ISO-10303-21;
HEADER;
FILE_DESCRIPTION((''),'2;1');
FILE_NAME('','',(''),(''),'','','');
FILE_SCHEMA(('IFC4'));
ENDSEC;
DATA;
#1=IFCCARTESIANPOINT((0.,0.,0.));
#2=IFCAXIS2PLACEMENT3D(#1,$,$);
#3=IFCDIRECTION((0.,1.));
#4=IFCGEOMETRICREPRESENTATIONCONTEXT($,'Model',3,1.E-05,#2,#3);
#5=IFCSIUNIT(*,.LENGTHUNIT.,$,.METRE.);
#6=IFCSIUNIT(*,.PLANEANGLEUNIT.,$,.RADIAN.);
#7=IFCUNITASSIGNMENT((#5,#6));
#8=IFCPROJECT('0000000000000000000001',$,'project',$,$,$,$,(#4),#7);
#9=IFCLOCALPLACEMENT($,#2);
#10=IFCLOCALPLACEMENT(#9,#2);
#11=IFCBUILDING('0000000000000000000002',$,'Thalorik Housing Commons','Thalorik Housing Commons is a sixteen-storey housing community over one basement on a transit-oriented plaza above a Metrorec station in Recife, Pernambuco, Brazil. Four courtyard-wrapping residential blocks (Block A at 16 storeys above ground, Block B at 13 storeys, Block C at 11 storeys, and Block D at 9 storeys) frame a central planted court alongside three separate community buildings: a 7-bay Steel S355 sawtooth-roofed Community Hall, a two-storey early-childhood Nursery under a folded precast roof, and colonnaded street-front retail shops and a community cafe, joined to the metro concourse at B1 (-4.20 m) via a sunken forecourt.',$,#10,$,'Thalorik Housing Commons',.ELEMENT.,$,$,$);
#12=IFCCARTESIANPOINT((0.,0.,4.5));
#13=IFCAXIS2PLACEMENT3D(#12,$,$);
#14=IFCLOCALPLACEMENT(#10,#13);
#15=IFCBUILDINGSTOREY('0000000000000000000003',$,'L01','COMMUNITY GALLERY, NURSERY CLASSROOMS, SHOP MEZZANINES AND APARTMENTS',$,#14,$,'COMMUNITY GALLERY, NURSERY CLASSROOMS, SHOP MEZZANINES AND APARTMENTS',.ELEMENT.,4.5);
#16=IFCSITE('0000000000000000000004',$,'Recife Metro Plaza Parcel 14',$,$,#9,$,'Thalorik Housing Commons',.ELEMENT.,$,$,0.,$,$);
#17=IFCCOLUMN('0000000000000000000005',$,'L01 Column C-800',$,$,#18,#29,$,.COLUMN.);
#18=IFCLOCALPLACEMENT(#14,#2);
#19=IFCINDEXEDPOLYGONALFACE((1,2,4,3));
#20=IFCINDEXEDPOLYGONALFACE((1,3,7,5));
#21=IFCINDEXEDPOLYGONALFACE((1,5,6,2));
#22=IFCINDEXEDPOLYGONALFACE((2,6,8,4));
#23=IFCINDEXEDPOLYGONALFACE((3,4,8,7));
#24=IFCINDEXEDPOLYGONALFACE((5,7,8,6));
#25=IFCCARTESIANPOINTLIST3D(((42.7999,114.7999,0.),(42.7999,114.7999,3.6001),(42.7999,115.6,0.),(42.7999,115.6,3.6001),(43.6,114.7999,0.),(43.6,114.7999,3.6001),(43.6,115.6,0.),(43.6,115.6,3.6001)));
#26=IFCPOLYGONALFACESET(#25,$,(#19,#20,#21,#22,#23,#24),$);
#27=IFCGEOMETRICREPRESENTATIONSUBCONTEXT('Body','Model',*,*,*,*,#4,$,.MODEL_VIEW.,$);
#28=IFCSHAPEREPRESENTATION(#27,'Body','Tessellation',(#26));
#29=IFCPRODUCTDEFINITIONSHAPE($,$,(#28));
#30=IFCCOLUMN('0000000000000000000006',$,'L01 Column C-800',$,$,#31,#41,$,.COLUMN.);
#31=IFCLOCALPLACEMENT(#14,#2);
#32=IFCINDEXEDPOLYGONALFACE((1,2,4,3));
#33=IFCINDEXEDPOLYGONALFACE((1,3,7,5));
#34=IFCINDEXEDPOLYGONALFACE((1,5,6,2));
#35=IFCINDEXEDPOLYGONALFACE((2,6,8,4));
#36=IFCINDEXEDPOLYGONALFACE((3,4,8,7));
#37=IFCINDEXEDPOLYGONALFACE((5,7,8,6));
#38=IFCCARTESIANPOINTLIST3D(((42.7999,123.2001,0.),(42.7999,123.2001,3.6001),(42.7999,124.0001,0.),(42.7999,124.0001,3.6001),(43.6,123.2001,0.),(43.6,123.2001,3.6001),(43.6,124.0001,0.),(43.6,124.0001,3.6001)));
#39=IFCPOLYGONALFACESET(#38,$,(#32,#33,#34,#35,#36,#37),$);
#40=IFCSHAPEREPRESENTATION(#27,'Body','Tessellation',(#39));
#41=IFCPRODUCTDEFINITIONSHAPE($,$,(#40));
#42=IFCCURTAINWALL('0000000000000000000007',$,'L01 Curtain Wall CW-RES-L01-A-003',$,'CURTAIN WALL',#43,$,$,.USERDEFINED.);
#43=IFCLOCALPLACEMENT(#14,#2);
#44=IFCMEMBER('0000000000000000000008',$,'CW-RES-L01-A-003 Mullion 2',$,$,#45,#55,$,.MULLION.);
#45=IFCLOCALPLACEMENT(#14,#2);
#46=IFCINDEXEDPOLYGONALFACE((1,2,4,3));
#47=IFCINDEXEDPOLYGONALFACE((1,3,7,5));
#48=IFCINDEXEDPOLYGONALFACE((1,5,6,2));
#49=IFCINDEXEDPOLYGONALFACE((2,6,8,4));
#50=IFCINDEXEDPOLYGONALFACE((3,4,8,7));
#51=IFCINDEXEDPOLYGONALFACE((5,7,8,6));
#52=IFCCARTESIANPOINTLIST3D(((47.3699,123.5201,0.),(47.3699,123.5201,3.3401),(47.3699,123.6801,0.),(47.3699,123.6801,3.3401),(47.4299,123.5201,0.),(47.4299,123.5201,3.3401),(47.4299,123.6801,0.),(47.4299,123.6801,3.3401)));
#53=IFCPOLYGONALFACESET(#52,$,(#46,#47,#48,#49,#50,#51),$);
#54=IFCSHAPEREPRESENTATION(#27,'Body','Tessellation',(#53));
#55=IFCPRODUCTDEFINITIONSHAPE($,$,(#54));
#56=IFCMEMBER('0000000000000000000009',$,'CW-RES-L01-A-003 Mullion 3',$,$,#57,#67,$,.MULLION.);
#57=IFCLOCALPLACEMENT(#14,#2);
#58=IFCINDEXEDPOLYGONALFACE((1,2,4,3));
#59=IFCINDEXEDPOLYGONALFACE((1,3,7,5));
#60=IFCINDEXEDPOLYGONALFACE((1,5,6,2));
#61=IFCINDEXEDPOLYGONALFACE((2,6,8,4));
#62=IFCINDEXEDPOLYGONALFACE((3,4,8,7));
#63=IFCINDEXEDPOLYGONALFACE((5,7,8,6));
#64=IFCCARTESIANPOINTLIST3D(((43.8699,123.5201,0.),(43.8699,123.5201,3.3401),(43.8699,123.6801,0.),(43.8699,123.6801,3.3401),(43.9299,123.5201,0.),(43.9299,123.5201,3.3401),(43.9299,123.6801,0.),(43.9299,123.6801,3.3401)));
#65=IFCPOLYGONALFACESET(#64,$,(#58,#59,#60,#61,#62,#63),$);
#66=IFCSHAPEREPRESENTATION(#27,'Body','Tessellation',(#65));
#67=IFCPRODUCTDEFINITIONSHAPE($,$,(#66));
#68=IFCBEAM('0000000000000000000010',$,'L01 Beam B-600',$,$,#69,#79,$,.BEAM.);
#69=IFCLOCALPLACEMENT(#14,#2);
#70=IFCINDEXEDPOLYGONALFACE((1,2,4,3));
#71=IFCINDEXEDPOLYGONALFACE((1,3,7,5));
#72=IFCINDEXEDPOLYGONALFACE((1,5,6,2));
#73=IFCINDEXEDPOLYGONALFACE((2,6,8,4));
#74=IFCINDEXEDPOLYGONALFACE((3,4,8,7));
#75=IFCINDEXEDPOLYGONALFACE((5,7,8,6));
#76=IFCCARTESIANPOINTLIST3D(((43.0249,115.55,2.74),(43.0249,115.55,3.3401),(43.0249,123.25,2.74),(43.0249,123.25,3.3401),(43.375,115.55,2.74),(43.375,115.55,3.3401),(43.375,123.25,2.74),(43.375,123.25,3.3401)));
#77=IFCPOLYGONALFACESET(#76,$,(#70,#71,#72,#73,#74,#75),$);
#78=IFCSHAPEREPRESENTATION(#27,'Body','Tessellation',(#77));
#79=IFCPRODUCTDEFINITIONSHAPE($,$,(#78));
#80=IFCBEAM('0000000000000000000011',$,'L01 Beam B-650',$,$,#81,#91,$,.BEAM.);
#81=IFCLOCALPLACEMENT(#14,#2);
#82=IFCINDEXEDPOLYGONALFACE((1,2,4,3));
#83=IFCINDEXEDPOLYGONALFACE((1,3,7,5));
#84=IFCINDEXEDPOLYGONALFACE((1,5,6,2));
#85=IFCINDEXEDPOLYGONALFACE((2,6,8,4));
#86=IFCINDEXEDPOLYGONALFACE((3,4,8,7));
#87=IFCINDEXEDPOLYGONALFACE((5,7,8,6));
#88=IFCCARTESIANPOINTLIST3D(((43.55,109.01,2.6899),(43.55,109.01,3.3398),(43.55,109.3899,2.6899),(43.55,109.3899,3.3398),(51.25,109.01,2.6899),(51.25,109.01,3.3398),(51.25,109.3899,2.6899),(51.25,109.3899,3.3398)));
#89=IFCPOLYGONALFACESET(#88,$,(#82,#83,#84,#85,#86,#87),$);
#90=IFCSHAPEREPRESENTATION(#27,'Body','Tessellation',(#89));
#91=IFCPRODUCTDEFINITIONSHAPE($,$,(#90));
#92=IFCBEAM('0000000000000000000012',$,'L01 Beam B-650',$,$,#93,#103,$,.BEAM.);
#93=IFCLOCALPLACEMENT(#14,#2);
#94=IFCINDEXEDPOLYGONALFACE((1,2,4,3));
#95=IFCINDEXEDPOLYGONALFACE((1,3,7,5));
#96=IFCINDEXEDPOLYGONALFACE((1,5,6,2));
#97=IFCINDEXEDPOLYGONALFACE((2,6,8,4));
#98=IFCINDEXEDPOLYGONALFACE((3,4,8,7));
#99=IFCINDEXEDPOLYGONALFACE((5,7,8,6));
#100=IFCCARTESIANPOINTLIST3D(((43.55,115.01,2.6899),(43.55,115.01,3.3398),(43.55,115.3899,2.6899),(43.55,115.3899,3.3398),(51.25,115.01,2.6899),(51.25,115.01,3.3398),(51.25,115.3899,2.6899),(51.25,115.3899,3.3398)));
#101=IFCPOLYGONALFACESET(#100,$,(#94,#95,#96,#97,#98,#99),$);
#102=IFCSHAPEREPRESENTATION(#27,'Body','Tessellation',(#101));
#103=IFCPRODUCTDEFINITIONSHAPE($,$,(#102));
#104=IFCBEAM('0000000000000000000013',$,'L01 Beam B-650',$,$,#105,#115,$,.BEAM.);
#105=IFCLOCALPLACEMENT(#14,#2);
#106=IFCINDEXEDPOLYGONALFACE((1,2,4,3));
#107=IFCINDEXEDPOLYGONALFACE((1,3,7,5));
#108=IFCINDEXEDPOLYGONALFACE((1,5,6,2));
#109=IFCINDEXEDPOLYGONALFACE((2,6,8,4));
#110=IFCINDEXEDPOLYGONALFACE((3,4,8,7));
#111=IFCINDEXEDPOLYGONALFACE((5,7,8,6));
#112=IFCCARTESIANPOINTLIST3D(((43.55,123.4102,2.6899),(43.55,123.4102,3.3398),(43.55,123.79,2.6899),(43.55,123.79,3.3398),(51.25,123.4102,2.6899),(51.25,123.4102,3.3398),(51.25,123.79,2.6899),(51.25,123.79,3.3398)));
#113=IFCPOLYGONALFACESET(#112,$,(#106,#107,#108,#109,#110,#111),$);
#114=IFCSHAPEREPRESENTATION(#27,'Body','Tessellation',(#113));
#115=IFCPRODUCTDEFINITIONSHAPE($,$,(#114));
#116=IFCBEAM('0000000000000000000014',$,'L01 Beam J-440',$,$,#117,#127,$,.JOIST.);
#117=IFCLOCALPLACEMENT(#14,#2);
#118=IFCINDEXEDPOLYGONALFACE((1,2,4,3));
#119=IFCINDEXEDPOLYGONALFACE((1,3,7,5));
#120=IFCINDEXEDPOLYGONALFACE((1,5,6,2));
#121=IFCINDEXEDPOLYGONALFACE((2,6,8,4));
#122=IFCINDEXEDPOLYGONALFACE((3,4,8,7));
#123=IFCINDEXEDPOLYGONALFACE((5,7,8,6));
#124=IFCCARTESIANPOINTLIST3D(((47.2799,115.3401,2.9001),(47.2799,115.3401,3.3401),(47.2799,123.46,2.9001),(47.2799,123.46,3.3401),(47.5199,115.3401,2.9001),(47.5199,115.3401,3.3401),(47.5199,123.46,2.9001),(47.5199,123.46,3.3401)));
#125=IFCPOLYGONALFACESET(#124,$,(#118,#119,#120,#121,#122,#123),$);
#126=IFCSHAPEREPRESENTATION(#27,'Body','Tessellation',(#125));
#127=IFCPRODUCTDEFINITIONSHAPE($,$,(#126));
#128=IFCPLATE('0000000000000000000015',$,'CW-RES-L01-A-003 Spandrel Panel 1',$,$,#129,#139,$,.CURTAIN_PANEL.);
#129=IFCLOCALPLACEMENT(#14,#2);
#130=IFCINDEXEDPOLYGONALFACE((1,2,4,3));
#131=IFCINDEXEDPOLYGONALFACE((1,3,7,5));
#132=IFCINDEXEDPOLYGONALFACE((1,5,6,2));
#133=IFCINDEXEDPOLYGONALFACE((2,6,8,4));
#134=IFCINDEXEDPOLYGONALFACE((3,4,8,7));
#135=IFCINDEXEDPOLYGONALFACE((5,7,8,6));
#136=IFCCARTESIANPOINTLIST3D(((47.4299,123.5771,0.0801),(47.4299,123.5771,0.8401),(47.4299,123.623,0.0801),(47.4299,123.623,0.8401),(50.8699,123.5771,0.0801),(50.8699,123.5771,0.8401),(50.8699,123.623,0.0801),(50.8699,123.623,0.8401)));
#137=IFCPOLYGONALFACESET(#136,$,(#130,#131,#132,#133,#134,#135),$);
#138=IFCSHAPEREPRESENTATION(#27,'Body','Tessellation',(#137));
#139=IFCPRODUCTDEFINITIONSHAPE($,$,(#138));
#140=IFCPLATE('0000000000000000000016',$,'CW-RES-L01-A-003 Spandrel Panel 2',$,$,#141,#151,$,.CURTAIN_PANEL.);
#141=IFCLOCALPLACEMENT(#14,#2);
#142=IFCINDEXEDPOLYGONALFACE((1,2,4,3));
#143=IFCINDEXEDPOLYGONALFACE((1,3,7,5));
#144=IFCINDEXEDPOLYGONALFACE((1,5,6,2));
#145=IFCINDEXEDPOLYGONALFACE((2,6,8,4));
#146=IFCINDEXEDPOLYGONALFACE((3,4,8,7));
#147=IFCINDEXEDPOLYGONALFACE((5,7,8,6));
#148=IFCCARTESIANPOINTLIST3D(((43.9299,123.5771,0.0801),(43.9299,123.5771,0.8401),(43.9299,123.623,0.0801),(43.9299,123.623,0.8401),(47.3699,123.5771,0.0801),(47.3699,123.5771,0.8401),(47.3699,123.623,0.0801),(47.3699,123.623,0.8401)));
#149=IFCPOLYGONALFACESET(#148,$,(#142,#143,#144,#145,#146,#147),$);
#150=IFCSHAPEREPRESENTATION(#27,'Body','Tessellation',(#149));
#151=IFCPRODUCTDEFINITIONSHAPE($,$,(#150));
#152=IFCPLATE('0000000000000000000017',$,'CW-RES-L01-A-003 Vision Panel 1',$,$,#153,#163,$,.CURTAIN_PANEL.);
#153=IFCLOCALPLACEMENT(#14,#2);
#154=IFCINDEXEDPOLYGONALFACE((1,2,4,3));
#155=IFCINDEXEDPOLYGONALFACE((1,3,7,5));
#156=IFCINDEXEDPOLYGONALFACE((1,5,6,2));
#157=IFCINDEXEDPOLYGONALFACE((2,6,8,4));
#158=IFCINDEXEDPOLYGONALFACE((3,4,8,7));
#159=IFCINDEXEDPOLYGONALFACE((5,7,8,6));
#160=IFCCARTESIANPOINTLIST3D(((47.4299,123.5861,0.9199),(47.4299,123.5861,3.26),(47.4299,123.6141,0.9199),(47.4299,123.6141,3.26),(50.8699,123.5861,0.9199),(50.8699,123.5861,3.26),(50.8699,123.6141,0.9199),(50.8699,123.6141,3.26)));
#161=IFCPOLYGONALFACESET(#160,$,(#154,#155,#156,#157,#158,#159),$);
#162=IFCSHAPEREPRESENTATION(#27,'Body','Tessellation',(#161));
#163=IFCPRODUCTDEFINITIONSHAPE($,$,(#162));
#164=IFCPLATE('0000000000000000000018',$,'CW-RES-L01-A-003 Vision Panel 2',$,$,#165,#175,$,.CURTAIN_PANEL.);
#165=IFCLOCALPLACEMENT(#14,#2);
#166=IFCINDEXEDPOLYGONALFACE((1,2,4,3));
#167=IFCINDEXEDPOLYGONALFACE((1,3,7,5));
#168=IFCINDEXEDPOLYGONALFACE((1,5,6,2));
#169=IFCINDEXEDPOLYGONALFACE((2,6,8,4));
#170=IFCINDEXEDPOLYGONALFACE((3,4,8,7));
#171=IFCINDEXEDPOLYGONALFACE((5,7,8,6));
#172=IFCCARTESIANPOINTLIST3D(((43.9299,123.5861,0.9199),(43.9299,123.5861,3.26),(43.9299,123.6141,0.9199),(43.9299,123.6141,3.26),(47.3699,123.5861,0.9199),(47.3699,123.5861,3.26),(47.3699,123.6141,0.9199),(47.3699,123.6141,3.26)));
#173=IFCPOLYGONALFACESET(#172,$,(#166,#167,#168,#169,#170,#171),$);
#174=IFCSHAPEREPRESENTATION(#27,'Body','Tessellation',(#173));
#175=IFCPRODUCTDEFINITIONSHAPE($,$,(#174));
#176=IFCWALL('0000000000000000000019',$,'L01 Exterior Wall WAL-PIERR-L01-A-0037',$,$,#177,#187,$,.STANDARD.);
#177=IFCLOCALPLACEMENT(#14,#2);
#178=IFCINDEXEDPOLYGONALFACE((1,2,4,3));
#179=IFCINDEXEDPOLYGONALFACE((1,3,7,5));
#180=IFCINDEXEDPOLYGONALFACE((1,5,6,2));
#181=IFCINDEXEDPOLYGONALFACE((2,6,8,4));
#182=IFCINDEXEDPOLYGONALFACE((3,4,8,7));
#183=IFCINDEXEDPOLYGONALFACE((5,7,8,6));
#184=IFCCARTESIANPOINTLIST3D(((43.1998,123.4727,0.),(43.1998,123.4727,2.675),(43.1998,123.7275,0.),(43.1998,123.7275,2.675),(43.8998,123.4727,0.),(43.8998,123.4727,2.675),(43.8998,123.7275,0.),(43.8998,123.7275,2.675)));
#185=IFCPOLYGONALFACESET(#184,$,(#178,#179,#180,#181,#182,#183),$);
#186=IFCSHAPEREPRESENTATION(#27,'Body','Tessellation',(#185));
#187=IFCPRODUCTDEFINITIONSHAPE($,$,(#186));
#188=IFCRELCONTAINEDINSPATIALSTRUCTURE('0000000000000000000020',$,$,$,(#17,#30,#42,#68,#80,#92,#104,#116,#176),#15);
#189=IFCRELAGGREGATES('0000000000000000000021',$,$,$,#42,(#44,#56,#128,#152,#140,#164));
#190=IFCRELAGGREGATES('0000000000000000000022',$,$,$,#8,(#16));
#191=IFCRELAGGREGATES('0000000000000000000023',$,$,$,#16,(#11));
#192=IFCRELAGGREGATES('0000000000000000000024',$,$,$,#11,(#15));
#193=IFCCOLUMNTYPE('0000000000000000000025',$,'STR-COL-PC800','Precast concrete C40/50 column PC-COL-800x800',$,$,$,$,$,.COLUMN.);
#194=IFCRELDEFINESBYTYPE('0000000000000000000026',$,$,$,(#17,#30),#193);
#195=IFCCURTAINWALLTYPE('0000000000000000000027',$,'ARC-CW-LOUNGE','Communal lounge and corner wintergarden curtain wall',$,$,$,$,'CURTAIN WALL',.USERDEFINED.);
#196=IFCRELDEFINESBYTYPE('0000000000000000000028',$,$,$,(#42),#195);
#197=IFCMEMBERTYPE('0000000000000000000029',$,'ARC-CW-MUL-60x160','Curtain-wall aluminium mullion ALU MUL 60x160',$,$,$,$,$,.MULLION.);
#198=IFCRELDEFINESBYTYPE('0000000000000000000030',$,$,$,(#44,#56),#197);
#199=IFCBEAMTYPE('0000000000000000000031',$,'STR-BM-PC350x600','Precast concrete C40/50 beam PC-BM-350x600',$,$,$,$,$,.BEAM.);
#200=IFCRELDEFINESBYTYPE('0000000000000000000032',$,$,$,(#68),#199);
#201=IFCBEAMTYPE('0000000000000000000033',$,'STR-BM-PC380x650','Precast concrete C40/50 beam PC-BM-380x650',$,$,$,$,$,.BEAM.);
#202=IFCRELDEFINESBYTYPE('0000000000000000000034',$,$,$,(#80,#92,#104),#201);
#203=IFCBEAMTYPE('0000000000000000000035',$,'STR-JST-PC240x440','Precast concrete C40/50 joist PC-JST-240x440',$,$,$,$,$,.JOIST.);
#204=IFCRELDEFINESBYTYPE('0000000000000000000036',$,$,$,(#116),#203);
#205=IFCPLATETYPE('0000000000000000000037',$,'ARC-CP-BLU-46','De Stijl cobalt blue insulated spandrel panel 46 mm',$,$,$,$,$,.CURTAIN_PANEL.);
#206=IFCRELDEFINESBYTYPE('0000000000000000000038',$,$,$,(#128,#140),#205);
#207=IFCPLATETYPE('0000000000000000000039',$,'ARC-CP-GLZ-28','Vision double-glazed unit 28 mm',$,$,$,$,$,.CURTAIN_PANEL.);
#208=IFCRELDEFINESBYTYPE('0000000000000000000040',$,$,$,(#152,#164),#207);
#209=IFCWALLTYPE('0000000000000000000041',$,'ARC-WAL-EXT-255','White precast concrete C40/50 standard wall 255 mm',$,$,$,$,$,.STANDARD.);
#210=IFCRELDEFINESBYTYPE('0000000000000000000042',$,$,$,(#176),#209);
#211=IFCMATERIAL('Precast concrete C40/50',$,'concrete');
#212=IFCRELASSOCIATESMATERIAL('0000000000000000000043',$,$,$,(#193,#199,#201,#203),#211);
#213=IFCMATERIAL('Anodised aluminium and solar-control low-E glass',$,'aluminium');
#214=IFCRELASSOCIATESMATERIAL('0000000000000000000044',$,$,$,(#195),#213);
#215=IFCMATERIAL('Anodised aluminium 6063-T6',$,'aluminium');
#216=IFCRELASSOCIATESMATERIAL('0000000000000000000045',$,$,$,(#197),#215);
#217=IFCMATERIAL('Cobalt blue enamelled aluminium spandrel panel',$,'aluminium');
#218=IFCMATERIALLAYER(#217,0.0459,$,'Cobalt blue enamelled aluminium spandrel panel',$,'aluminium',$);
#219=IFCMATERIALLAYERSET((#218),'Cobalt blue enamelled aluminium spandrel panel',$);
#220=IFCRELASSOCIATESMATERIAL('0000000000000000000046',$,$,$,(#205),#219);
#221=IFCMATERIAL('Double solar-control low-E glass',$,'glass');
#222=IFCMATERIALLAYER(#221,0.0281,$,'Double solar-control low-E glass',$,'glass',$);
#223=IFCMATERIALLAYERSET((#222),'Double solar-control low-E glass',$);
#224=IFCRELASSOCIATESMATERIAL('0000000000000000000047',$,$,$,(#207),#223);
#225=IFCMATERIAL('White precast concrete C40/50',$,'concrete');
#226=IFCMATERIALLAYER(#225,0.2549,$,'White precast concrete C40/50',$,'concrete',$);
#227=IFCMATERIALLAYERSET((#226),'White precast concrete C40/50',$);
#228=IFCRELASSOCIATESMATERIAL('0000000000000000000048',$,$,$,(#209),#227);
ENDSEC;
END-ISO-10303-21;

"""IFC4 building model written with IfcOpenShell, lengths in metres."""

from ifc_helpers import new_model, si_unit, direction, frame, frame_2d, origin, origin_2d, place, context, subcontext, project, spatial, rectangle, extrude, material, layer, layer_set, material_profile, profile_set, type_object, element, aggregate, save


model = new_model("IFC4")

# Units and contexts
model_context = context("Model", 3, precision=1e-05, world=origin(), true_north=direction((0.0, 1.0)))
body_context = subcontext(model_context, "Body", "Model", "MODEL_VIEW")
ifc_project = project(units=[si_unit("LENGTHUNIT", "METRE"), si_unit("PLANEANGLEUNIT", "RADIAN")], contexts=[model_context])

# Site, building, storey
site_placement = place(None, origin())
site = spatial("IfcSite", under=ifc_project, at=site_placement, Name="Recife Metro Plaza Parcel 14", LongName="Thalorik Housing Commons", CompositionType="ELEMENT", RefElevation=0.0)
building_placement = place(site_placement, origin())
building = spatial("IfcBuilding", under=site, at=building_placement, Name="Thalorik Housing Commons", Description="Thalorik Housing Commons is a sixteen-storey housing community over one basement on a transit-oriented plaza above a Metrorec station in Recife, Pernambuco, Brazil. Four courtyard-wrapping residential blocks (Block A at 16 storeys above ground, Block B at 13 storeys, Block C at 11 storeys, and Block D at 9 storeys) frame a central planted court alongside three separate community buildings: a 7-bay Steel S355 sawtooth-roofed Community Hall, a two-storey early-childhood Nursery under a folded precast roof, and colonnaded street-front retail shops and a community cafe, joined to the metro concourse at B1 (-4.20 m) via a sunken forecourt.", LongName="Thalorik Housing Commons", CompositionType="ELEMENT")
storey_placement = place(building_placement, frame((0.0, 0.0, 4.5)))
storey = spatial("IfcBuildingStorey", under=building, at=storey_placement, Name="L01", Description="COMMUNITY GALLERY, NURSERY CLASSROOMS, SHOP MEZZANINES AND APARTMENTS", LongName="COMMUNITY GALLERY, NURSERY CLASSROOMS, SHOP MEZZANINES AND APARTMENTS", CompositionType="ELEMENT", Elevation=4.5)

# Columns
ifc_material_1 = material(Name="Precast concrete C40/50", Category="concrete")
ifc_material_profile_1 = material_profile(ifc_material_1, rectangle(XDim=0.8, YDim=0.8, at=origin_2d()), Name="PC 800x800", Category="concrete")
ifc_profile_set_1 = profile_set([ifc_material_profile_1], Name="Precast concrete C40/50")
column_type = type_object("IfcColumnType", Name="STR-COL-PC800", Description="Precast concrete C40/50 column PC-COL-800x800", PredefinedType="COLUMN", material=ifc_profile_set_1)
for number, where, z_axis, x_axis, name in (
    (1, (43.2, 115.2, 0.0), (0.0, 0.0, 1.0), (1.0, 0.0, 0.0), "L01 Column C-800"),
    (2, (43.2, 123.6001, 0.0), (0.0, 0.0, 1.0), (1.0, 0.0, 0.0), "L01 Column C-800"),
):
    element("IfcColumn", number, at=place(storey_placement, frame(where, z_axis=z_axis, x_axis=x_axis)), inside=storey, type_object=column_type, Name=name, PredefinedType="COLUMN", context=body_context, shape_type="SweptSolid", body=[
        extrude(rectangle(XDim=0.8, YDim=0.8, at=origin_2d()), origin(), (0.0, 0.0, 1.0), 3.6001),
    ])

# Curtain wall, members
ifc_material_2 = material(Name="Anodised aluminium and solar-control low-E glass", Category="aluminium")
curtain_wall_type = type_object("IfcCurtainWallType", Name="ARC-CW-LOUNGE", Description="Communal lounge and corner wintergarden curtain wall", ElementType="CURTAIN WALL", PredefinedType="USERDEFINED", material=ifc_material_2)
curtain_wall_placement = place(storey_placement, origin())
curtain_wall = element("IfcCurtainWall", 3, at=curtain_wall_placement, inside=storey, type_object=curtain_wall_type, Name="L01 Curtain Wall CW-RES-L01-A-003", ObjectType="CURTAIN WALL", PredefinedType="USERDEFINED")
ifc_material_3 = material(Name="Anodised aluminium 6063-T6", Category="aluminium")
ifc_material_profile_2 = material_profile(ifc_material_3, rectangle(XDim=0.0601, YDim=0.1599, at=origin_2d()), Name="ALU MUL 60x160", Category="aluminium")
ifc_profile_set_2 = profile_set([ifc_material_profile_2], Name="Anodised aluminium 6063-T6")
member_type = type_object("IfcMemberType", Name="ARC-CW-MUL-60x160", Description="Curtain-wall aluminium mullion ALU MUL 60x160", PredefinedType="MULLION", material=ifc_profile_set_2)
member_1_placement = place(storey_placement, frame((47.3999, 123.6001, 0.0), z_axis=(0.0, 0.0, 1.0), x_axis=(-1.0, 0.0, 0.0)))
member_1 = element("IfcMember", 4, at=member_1_placement, type_object=member_type, Name="CW-RES-L01-A-003 Mullion 2", PredefinedType="MULLION", context=body_context, shape_type="SweptSolid", body=[
    extrude(rectangle(XDim=0.0601, YDim=0.1599, at=origin_2d()), origin(), (0.0, 0.0, 1.0), 3.3401),
])
member_2_placement = place(storey_placement, frame((43.8999, 123.6001, 0.0), z_axis=(0.0, 0.0, 1.0), x_axis=(-1.0, 0.0, 0.0)))
member_2 = element("IfcMember", 5, at=member_2_placement, type_object=member_type, Name="CW-RES-L01-A-003 Mullion 3", PredefinedType="MULLION", context=body_context, shape_type="SweptSolid", body=[
    extrude(rectangle(XDim=0.0601, YDim=0.1599, at=origin_2d()), origin(), (0.0, 0.0, 1.0), 3.3401),
])

# Beams
ifc_material_profile_3 = material_profile(ifc_material_1, rectangle(XDim=0.3501, YDim=0.6001, at=origin_2d()), Name="PC 350x600", Category="concrete")
ifc_profile_set_3 = profile_set([ifc_material_profile_3], Name="Precast concrete C40/50")
beam_type_1 = type_object("IfcBeamType", Name="STR-BM-PC350x600", Description="Precast concrete C40/50 beam PC-BM-350x600", PredefinedType="BEAM", material=ifc_profile_set_3)
beam_1_placement = place(storey_placement, frame((43.2, 115.55, 3.04), z_axis=(0.0, 1.0, 0.0), x_axis=(-1.0, 0.0, 0.0)))
element("IfcBeam", 6, at=beam_1_placement, inside=storey, type_object=beam_type_1, Name="L01 Beam B-600", PredefinedType="BEAM", context=body_context, shape_type="SweptSolid", body=[
    extrude(rectangle(XDim=0.3501, YDim=0.6001, at=origin_2d()), origin(), (0.0, 0.0, 1.0), 7.7),
])
ifc_material_profile_4 = material_profile(ifc_material_1, rectangle(XDim=0.3799, YDim=0.6499, at=origin_2d()), Name="PC 380x650", Category="concrete")
ifc_profile_set_4 = profile_set([ifc_material_profile_4], Name="Precast concrete C40/50")
beam_type_2 = type_object("IfcBeamType", Name="STR-BM-PC380x650", Description="Precast concrete C40/50 beam PC-BM-380x650", PredefinedType="BEAM", material=ifc_profile_set_4)
for number, where, z_axis, x_axis, name in (
    (7, (43.55, 109.2, 3.0149), (1.0, 0.0, 0.0), (0.0, 1.0, 0.0), "L01 Beam B-650"),
    (8, (43.55, 115.2, 3.0149), (1.0, 0.0, 0.0), (0.0, 1.0, 0.0), "L01 Beam B-650"),
    (9, (43.55, 123.6001, 3.0149), (1.0, 0.0, 0.0), (0.0, 1.0, 0.0), "L01 Beam B-650"),
):
    element("IfcBeam", number, at=place(storey_placement, frame(where, z_axis=z_axis, x_axis=x_axis)), inside=storey, type_object=beam_type_2, Name=name, PredefinedType="BEAM", context=body_context, shape_type="SweptSolid", body=[
        extrude(rectangle(XDim=0.3799, YDim=0.6499, at=origin_2d()), origin(), (0.0, 0.0, 1.0), 7.7),
    ])
ifc_material_profile_5 = material_profile(ifc_material_1, rectangle(XDim=0.24, YDim=0.4399, at=origin_2d()), Name="PC JST 240x440", Category="concrete")
ifc_profile_set_5 = profile_set([ifc_material_profile_5], Name="Precast concrete C40/50")
beam_type_3 = type_object("IfcBeamType", Name="STR-JST-PC240x440", Description="Precast concrete C40/50 joist PC-JST-240x440", PredefinedType="JOIST", material=ifc_profile_set_5)
beam_2_placement = place(storey_placement, frame((47.3999, 115.3401, 3.1201), z_axis=(0.0, 1.0, 0.0), x_axis=(-1.0, 0.0, 0.0)))
element("IfcBeam", 10, at=beam_2_placement, inside=storey, type_object=beam_type_3, Name="L01 Beam J-440", PredefinedType="JOIST", context=body_context, shape_type="SweptSolid", body=[
    extrude(rectangle(XDim=0.24, YDim=0.4399, at=origin_2d()), origin(), (0.0, 0.0, 1.0), 8.1199),
])

# Plates
ifc_material_4 = material(Name="Cobalt blue enamelled aluminium spandrel panel", Category="aluminium")
ifc_layer_1 = layer(ifc_material_4, 0.0459, Name="Cobalt blue enamelled aluminium spandrel panel", Category="aluminium")
ifc_layer_set_1 = layer_set([ifc_layer_1], Name="Cobalt blue enamelled aluminium spandrel panel")
plate_type_1 = type_object("IfcPlateType", Name="ARC-CP-BLU-46", Description="De Stijl cobalt blue insulated spandrel panel 46 mm", PredefinedType="CURTAIN_PANEL", material=ifc_layer_set_1)
plate_1_placement = place(storey_placement, frame((49.1499, 123.6001, 0.0801), z_axis=(0.0, 0.0, 1.0), x_axis=(-1.0, 0.0, 0.0)))
plate_1 = element("IfcPlate", 11, at=plate_1_placement, type_object=plate_type_1, Name="CW-RES-L01-A-003 Spandrel Panel 1", PredefinedType="CURTAIN_PANEL", context=body_context, shape_type="SweptSolid", body=[
    extrude(rectangle(XDim=3.4399, YDim=0.0459, at=origin_2d()), origin(), (0.0, 0.0, 1.0), 0.76),
])
plate_2_placement = place(storey_placement, frame((45.6499, 123.6001, 0.0801), z_axis=(0.0, 0.0, 1.0), x_axis=(-1.0, 0.0, 0.0)))
plate_2 = element("IfcPlate", 12, at=plate_2_placement, type_object=plate_type_1, Name="CW-RES-L01-A-003 Spandrel Panel 2", PredefinedType="CURTAIN_PANEL", context=body_context, shape_type="SweptSolid", body=[
    extrude(rectangle(XDim=3.4399, YDim=0.0459, at=origin_2d()), origin(), (0.0, 0.0, 1.0), 0.76),
])
ifc_material_5 = material(Name="Double solar-control low-E glass", Category="glass")
ifc_layer_2 = layer(ifc_material_5, 0.0281, Name="Double solar-control low-E glass", Category="glass")
ifc_layer_set_2 = layer_set([ifc_layer_2], Name="Double solar-control low-E glass")
plate_type_2 = type_object("IfcPlateType", Name="ARC-CP-GLZ-28", Description="Vision double-glazed unit 28 mm", PredefinedType="CURTAIN_PANEL", material=ifc_layer_set_2)
plate_3_placement = place(storey_placement, frame((49.1499, 123.6001, 0.9199), z_axis=(0.0, 0.0, 1.0), x_axis=(-1.0, 0.0, 0.0)))
plate_3 = element("IfcPlate", 13, at=plate_3_placement, type_object=plate_type_2, Name="CW-RES-L01-A-003 Vision Panel 1", PredefinedType="CURTAIN_PANEL", context=body_context, shape_type="SweptSolid", body=[
    extrude(rectangle(XDim=3.4399, YDim=0.0281, at=origin_2d()), origin(), (0.0, 0.0, 1.0), 2.3401),
])
plate_4_placement = place(storey_placement, frame((45.6499, 123.6001, 0.9199), z_axis=(0.0, 0.0, 1.0), x_axis=(-1.0, 0.0, 0.0)))
plate_4 = element("IfcPlate", 14, at=plate_4_placement, type_object=plate_type_2, Name="CW-RES-L01-A-003 Vision Panel 2", PredefinedType="CURTAIN_PANEL", context=body_context, shape_type="SweptSolid", body=[
    extrude(rectangle(XDim=3.4399, YDim=0.0281, at=origin_2d()), origin(), (0.0, 0.0, 1.0), 2.3401),
])
aggregate(curtain_wall, [member_1, member_2, plate_1, plate_3, plate_2, plate_4])

# Wall
ifc_material_6 = material(Name="White precast concrete C40/50", Category="concrete")
ifc_layer_3 = layer(ifc_material_6, 0.2549, Name="White precast concrete C40/50", Category="concrete")
ifc_layer_set_3 = layer_set([ifc_layer_3], Name="White precast concrete C40/50")
wall_type_1 = type_object("IfcWallType", Name="ARC-WAL-EXT-255", Description="White precast concrete C40/50 standard wall 255 mm", PredefinedType="STANDARD", material=ifc_layer_set_3)
wall_1_placement = place(storey_placement, frame((43.8999, 123.6001, 0.0), z_axis=(0.0, 0.0, 1.0), x_axis=(-1.0, 0.0, 0.0)))
element("IfcWall", 15, at=wall_1_placement, inside=storey, type_object=wall_type_1, Name="L01 Exterior Wall WAL-PIERR-L01-A-0037", PredefinedType="STANDARD", context=body_context, shape_type="SweptSolid", body=[
    extrude(rectangle(XDim=0.7, YDim=0.2549, at=frame_2d((0.3501, 0.0))), origin(), (0.0, 0.0, 1.0), 2.675),
])

save(model, "model.ifc")
